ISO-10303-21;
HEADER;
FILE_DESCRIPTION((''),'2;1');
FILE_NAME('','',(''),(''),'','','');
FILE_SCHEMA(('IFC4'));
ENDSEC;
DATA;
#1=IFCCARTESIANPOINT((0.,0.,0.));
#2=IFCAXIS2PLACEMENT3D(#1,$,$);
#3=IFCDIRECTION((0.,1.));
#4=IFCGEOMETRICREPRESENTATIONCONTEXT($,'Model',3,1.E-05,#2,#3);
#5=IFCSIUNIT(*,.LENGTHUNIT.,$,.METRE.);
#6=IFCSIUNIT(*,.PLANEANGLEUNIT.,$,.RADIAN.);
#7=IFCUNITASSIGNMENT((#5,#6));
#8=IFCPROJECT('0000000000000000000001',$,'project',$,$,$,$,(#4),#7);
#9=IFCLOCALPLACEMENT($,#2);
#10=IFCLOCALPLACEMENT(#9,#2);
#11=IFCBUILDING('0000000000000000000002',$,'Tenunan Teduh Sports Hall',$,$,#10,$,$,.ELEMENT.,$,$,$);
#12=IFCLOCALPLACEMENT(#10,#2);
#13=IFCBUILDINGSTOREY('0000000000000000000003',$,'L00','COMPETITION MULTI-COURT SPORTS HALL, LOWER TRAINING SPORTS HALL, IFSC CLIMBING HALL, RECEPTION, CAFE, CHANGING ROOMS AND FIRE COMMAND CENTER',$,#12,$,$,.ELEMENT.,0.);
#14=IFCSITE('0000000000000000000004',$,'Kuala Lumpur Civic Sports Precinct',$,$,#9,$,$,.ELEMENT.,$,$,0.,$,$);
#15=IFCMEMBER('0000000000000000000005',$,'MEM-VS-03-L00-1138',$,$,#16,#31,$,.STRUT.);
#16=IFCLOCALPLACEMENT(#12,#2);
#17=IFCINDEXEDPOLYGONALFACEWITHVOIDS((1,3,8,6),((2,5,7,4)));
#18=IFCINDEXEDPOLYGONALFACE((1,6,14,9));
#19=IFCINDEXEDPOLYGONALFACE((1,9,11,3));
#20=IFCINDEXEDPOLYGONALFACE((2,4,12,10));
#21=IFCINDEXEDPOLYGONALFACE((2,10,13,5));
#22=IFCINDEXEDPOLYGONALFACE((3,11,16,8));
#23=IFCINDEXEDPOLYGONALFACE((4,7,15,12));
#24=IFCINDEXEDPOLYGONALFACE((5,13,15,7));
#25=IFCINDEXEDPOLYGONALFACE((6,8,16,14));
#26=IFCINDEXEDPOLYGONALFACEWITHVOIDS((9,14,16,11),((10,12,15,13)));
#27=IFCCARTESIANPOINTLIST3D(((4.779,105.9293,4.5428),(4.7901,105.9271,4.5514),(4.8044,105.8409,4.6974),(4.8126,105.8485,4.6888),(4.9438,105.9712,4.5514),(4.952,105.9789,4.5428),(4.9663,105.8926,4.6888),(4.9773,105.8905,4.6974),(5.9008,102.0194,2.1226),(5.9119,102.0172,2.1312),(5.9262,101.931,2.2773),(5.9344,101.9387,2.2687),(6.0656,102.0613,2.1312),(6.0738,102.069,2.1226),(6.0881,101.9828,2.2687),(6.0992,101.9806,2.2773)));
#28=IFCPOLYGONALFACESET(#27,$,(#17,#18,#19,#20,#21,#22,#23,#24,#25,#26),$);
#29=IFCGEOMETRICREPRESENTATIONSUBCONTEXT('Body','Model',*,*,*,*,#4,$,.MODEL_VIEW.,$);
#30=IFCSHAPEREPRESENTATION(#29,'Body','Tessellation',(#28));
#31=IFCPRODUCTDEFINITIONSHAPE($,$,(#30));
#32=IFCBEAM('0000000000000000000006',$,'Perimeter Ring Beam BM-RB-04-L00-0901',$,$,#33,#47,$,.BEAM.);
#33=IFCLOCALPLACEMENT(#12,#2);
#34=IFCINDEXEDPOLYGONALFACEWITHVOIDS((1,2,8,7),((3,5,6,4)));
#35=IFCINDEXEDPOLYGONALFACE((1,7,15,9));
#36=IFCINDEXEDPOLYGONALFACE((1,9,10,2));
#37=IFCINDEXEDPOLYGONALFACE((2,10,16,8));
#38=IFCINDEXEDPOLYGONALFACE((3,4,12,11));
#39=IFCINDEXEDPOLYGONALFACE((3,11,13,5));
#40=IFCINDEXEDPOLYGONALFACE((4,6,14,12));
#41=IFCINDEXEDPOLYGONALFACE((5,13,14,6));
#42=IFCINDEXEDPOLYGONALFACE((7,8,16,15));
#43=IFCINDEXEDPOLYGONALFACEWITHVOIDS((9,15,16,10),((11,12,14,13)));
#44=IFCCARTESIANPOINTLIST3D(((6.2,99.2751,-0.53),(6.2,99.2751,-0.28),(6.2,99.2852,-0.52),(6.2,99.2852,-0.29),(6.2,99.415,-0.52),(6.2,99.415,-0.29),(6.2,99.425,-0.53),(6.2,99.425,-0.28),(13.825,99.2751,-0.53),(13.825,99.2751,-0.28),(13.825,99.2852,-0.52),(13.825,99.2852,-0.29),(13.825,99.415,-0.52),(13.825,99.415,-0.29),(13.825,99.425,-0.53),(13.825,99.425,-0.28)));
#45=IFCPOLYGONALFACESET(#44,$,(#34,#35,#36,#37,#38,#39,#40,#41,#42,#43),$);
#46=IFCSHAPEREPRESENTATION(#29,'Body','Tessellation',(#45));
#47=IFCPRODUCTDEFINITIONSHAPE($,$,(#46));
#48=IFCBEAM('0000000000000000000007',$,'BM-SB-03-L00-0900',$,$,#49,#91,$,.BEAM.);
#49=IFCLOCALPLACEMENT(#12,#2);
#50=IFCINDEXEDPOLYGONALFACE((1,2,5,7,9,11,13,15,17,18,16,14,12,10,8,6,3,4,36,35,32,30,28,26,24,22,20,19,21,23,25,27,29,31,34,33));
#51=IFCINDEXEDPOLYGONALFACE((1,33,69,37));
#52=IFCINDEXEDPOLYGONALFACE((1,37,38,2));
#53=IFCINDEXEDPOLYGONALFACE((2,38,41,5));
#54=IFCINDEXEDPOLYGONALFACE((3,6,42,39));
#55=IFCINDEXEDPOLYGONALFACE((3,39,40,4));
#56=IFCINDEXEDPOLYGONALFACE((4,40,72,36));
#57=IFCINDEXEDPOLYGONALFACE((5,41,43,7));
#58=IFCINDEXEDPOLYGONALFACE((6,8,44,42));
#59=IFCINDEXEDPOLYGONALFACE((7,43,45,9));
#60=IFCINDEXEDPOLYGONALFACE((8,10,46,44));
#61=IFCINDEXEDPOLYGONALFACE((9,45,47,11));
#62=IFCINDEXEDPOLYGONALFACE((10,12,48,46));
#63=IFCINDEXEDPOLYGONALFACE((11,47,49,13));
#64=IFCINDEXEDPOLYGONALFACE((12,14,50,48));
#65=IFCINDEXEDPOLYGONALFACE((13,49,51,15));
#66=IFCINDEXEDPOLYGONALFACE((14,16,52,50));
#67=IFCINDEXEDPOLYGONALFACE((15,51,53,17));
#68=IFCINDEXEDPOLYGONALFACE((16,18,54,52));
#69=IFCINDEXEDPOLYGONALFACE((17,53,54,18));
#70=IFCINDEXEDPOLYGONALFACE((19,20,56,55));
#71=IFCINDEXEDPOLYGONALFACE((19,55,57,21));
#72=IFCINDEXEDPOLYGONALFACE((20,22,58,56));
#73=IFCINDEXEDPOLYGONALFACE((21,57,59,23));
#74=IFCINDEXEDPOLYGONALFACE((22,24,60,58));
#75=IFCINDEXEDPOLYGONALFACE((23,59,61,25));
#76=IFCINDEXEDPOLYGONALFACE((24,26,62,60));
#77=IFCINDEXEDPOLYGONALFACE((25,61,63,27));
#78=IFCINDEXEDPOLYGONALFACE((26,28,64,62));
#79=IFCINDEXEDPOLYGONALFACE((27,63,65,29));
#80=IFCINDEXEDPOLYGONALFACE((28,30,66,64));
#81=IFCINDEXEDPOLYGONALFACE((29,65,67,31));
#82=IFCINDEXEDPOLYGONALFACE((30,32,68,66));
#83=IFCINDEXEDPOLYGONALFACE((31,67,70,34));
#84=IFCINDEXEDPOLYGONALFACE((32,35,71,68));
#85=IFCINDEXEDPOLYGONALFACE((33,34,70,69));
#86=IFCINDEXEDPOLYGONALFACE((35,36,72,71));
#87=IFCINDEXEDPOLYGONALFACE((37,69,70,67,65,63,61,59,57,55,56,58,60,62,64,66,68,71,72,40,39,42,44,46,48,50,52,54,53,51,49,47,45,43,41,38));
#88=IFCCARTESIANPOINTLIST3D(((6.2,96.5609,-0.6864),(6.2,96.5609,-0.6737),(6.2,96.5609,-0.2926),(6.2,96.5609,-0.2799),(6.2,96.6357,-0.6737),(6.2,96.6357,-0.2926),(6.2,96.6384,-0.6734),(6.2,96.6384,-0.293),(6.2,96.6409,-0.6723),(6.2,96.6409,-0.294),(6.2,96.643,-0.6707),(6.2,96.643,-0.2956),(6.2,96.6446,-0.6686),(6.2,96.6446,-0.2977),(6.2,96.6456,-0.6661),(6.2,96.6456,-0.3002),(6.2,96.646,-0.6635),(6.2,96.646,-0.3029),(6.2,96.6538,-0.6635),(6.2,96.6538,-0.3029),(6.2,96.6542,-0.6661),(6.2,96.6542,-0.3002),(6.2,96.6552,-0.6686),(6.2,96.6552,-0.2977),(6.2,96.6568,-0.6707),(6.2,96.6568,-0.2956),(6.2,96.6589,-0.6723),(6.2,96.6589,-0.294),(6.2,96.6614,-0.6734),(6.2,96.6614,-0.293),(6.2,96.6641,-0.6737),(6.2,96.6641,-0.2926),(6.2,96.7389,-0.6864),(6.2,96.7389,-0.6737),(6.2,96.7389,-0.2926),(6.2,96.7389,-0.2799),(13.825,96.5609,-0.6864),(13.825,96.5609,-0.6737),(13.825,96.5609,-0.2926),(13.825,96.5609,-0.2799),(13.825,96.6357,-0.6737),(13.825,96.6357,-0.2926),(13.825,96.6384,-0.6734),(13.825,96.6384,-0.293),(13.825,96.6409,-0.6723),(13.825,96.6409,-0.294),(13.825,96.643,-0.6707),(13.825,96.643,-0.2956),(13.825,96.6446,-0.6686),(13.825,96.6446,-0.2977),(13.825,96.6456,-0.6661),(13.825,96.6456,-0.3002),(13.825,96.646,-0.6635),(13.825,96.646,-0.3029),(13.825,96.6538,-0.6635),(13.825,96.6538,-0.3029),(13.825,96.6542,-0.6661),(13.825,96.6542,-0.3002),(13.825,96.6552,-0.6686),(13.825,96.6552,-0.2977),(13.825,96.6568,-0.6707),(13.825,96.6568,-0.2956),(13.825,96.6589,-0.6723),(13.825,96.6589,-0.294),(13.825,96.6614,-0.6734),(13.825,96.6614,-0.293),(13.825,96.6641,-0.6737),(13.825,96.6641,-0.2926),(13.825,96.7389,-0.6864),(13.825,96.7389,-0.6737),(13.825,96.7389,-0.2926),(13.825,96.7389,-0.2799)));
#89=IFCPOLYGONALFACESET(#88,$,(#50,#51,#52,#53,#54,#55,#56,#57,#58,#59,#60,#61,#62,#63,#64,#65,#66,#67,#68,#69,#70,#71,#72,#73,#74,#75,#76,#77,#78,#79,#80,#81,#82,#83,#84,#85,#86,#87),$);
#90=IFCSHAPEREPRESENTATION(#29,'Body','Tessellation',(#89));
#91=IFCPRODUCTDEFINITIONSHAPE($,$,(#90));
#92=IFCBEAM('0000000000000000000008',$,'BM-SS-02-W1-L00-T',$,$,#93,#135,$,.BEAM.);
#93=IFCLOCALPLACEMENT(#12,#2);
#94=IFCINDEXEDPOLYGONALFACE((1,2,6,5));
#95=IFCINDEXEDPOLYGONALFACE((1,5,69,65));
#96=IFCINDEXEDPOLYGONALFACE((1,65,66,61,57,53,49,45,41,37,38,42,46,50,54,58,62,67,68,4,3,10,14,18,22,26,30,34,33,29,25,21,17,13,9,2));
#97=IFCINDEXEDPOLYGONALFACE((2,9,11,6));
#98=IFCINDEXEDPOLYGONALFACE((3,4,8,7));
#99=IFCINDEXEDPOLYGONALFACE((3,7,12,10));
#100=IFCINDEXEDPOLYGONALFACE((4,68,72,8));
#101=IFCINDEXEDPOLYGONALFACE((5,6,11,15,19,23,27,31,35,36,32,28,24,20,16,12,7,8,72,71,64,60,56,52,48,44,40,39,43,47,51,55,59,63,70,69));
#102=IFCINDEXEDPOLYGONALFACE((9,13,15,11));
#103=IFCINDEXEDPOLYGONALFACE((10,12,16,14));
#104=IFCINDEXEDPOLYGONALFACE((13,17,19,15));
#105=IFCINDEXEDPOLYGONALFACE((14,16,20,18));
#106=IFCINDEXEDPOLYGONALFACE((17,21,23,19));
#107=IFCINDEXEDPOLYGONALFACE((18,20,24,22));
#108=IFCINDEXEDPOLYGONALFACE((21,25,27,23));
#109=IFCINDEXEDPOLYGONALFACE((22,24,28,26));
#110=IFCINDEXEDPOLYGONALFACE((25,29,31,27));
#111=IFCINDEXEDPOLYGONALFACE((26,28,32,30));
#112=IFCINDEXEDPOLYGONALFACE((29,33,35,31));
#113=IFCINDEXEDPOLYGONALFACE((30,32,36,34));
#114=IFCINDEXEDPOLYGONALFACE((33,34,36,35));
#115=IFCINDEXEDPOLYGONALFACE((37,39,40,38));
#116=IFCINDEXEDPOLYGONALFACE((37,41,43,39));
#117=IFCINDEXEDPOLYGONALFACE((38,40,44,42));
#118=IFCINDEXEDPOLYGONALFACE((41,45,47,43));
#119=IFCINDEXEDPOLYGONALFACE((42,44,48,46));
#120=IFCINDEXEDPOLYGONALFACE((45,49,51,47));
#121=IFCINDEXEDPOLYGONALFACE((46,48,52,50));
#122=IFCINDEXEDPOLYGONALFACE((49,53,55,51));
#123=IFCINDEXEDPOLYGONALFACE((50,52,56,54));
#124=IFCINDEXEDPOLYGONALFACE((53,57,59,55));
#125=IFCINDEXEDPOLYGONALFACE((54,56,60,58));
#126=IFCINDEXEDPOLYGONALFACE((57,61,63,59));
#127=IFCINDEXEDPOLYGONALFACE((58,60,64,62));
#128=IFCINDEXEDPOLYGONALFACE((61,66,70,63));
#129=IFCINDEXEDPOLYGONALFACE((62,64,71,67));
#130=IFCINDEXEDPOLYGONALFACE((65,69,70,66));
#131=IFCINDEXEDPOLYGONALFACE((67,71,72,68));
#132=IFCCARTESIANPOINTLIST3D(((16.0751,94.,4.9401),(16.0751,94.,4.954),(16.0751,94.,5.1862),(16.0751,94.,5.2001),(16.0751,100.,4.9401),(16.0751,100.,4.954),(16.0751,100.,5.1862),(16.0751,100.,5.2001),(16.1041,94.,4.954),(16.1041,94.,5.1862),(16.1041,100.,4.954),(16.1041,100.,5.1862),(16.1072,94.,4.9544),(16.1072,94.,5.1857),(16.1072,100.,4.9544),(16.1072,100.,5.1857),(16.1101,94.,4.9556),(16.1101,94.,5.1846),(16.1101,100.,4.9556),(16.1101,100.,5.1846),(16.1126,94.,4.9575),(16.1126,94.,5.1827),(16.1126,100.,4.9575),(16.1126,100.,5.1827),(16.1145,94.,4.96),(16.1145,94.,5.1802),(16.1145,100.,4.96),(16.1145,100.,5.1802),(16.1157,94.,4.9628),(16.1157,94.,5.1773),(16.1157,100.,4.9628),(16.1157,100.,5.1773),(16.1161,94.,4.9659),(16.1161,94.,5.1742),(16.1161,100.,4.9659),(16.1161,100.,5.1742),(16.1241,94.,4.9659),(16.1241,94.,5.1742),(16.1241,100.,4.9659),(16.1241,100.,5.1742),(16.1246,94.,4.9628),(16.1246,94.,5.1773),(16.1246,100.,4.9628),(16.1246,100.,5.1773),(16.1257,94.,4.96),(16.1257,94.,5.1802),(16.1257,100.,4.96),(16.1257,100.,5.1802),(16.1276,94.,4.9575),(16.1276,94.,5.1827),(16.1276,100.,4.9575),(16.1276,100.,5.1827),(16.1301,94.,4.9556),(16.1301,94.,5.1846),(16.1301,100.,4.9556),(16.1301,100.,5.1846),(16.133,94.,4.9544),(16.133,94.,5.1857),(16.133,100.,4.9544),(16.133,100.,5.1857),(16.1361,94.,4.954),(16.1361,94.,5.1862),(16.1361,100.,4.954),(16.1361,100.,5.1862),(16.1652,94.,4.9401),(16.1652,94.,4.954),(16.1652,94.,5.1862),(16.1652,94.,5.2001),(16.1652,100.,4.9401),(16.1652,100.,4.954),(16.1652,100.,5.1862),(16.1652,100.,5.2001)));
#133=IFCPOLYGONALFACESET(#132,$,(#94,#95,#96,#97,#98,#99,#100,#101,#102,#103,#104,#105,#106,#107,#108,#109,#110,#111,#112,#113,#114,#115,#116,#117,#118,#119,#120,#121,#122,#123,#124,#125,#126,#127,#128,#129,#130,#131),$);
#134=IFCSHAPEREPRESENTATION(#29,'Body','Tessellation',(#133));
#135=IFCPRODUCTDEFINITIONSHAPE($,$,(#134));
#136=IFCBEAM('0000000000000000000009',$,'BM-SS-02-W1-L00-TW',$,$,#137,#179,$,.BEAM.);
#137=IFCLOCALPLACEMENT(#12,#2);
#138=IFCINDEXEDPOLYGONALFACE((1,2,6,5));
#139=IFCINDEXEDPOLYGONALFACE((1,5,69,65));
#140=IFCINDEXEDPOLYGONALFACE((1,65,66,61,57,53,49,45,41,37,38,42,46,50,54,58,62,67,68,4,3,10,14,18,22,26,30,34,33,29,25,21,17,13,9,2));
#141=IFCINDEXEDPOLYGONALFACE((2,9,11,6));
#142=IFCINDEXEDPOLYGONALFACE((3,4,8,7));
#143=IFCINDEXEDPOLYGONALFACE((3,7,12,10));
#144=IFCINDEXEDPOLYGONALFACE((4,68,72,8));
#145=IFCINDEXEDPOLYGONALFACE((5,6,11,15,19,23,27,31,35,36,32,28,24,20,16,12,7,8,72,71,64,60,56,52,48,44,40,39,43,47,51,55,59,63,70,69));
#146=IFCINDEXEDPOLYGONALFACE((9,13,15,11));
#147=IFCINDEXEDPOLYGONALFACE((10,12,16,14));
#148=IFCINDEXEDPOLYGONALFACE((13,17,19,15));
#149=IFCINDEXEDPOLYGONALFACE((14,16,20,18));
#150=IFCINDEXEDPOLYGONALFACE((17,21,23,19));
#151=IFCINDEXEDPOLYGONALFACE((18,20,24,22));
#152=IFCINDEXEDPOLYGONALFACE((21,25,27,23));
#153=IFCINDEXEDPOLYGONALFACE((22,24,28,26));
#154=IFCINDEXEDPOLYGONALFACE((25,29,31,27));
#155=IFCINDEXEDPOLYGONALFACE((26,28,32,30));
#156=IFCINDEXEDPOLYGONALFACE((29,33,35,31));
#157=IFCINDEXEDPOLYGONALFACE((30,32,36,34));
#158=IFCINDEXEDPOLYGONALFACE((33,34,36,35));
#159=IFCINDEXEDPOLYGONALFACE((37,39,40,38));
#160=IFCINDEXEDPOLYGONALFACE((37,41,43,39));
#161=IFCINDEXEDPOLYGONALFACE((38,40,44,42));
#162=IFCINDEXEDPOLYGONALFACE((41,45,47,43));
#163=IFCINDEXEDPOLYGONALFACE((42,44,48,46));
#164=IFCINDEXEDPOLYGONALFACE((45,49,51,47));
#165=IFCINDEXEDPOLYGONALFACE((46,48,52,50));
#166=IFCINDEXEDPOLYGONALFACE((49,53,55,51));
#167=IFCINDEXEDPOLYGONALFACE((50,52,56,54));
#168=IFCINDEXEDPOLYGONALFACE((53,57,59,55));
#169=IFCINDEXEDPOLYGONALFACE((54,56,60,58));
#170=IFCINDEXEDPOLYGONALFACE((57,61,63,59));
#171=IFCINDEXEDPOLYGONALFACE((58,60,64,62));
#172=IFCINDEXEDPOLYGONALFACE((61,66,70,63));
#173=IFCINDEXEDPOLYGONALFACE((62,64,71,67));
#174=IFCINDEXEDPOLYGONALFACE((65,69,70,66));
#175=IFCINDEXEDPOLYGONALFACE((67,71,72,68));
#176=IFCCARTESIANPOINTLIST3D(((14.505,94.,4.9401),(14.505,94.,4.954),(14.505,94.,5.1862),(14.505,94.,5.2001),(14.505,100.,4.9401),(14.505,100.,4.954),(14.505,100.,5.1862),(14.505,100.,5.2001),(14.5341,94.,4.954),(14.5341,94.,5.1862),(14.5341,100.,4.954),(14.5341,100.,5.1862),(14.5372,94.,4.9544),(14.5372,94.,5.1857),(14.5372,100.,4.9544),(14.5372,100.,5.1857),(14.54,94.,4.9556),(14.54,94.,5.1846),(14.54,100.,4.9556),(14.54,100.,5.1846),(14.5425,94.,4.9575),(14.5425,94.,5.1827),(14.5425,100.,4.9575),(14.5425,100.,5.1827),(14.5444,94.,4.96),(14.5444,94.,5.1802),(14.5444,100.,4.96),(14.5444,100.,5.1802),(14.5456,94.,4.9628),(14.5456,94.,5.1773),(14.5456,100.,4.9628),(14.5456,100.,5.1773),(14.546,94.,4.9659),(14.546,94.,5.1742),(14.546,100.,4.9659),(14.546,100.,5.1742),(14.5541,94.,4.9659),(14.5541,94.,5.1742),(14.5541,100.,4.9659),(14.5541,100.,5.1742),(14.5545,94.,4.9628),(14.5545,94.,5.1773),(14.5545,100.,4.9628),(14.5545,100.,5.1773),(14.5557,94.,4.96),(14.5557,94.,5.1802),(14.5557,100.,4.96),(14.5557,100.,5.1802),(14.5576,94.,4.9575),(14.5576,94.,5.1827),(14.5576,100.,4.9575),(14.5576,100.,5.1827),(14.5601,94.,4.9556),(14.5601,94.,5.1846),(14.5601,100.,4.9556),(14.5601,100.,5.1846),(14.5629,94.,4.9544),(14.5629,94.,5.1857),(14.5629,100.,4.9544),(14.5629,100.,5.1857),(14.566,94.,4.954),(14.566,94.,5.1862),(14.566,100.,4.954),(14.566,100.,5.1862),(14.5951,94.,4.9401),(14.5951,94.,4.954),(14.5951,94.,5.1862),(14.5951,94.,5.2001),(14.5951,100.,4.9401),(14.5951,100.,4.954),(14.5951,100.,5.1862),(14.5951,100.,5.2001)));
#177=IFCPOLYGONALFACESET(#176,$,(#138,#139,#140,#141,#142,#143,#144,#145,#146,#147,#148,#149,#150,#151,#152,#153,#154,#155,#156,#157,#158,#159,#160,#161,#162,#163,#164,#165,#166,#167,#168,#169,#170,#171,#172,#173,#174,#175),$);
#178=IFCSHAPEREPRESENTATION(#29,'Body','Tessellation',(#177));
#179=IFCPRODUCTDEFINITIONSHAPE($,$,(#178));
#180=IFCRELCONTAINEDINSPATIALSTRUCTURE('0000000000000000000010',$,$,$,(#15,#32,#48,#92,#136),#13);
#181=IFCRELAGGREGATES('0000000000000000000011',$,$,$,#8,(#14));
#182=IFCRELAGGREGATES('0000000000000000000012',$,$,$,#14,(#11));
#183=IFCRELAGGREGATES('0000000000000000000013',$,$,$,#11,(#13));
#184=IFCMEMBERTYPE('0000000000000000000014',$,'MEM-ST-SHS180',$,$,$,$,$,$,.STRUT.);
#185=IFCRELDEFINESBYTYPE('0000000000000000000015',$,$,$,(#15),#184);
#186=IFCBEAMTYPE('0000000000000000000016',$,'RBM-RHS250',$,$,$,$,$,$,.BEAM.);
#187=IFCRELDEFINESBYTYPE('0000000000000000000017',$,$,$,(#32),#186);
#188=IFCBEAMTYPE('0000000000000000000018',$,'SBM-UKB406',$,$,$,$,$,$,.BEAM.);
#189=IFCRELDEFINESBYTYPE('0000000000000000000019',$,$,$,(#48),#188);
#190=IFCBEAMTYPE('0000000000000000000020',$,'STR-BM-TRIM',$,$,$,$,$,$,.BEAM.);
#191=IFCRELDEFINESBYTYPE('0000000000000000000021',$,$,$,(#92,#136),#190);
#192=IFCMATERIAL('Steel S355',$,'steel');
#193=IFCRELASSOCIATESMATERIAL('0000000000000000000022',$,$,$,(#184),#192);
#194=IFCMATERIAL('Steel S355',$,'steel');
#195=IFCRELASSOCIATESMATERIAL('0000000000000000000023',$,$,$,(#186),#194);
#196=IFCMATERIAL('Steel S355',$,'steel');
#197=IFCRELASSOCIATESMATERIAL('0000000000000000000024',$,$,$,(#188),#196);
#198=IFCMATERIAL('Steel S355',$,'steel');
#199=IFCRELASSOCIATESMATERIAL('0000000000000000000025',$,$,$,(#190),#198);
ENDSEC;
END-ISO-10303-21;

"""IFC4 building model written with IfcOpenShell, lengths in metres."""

from ifc_helpers import new_model, si_unit, direction, frame, origin, origin_2d, place, context, subcontext, project, spatial, hollow_rectangle, i_section, extrude, material, material_profile, profile_set, type_object, element, save


model = new_model("IFC4")

# Units and contexts
model_context = context("Model", 3, precision=1e-05, world=origin(), true_north=direction((0.0, 1.0)))
body_context = subcontext(model_context, "Body", "Model", "MODEL_VIEW")
ifc_project = project(units=[si_unit("LENGTHUNIT", "METRE"), si_unit("PLANEANGLEUNIT", "RADIAN")], contexts=[model_context])

# Site, building, storey
site_placement = place(None, origin())
site = spatial("IfcSite", under=ifc_project, at=site_placement, Name="Kuala Lumpur Civic Sports Precinct", CompositionType="ELEMENT", RefElevation=0.0)
building_placement = place(site_placement, origin())
building = spatial("IfcBuilding", under=site, at=building_placement, Name="Tenunan Teduh Sports Hall", CompositionType="ELEMENT")
storey_placement = place(building_placement, origin())
storey = spatial("IfcBuildingStorey", under=building, at=storey_placement, Name="L00", Description="COMPETITION MULTI-COURT SPORTS HALL, LOWER TRAINING SPORTS HALL, IFSC CLIMBING HALL, RECEPTION, CAFE, CHANGING ROOMS AND FIRE COMMAND CENTER", CompositionType="ELEMENT", Elevation=0.0)

# Member
ifc_material_1 = material(Name="Steel S355", Category="steel")
ifc_material_profile_1 = material_profile(ifc_material_1, hollow_rectangle(XDim=0.1799, YDim=0.1799, WallThickness=0.01, at=origin_2d()), Name="SHS 180x180x10.0")
ifc_profile_set_1 = profile_set([ifc_material_profile_1], Name="Steel S355")
member_type_1 = type_object("IfcMemberType", Name="MEM-ST-SHS180", PredefinedType="STRUT", material=ifc_profile_set_1)
member_1_placement = place(storey_placement, frame((6.0, 102.0, 2.2), z_axis=(-0.237013, 0.826062, 0.511318), x_axis=(-0.961218, -0.275791, 0.0)))
element("IfcMember", 1, at=member_1_placement, inside=storey, type_object=member_type_1, Name="MEM-VS-03-L00-1138", PredefinedType="STRUT", context=body_context, shape_type="SweptSolid", body=[
    extrude(hollow_rectangle(XDim=0.1799, YDim=0.1799, WallThickness=0.01, at=origin_2d()), origin(), (0.0, 0.0, 1.0), 4.7332),
])

# Beams
ifc_material_2 = material(Name="Steel S355", Category="steel")
ifc_material_profile_2 = material_profile(ifc_material_2, hollow_rectangle(XDim=0.1499, YDim=0.25, WallThickness=0.01, at=origin_2d()), Name="RHS 250x150x10.0")
ifc_profile_set_2 = profile_set([ifc_material_profile_2], Name="Steel S355")
beam_type_1 = type_object("IfcBeamType", Name="RBM-RHS250", PredefinedType="BEAM", material=ifc_profile_set_2)
beam_1_placement = place(storey_placement, frame((6.2, 99.3501, -0.405), z_axis=(1.0, 0.0, 0.0), x_axis=(0.0, 1.0, 0.0)))
element("IfcBeam", 2, at=beam_1_placement, inside=storey, type_object=beam_type_1, Name="Perimeter Ring Beam BM-RB-04-L00-0901", PredefinedType="BEAM", context=body_context, shape_type="SweptSolid", body=[
    extrude(hollow_rectangle(XDim=0.1499, YDim=0.25, WallThickness=0.01, at=origin_2d()), origin(), (0.0, 0.0, 1.0), 7.625),
])
ifc_material_3 = material(Name="Steel S355", Category="steel")
ifc_material_profile_3 = material_profile(ifc_material_3, i_section(OverallWidth=0.178, OverallDepth=0.4065, WebThickness=0.0078, FlangeThickness=0.0127, FilletRadius=0.0103, at=origin_2d()), Name="UKB 406x178x60")
ifc_profile_set_3 = profile_set([ifc_material_profile_3], Name="Steel S355")
beam_type_2 = type_object("IfcBeamType", Name="SBM-UKB406", PredefinedType="BEAM", material=ifc_profile_set_3)
beam_2_placement = place(storey_placement, frame((6.2, 96.6499, -0.4832), z_axis=(1.0, 0.0, 0.0), x_axis=(0.0, 1.0, 0.0)))
element("IfcBeam", 3, at=beam_2_placement, inside=storey, type_object=beam_type_2, Name="BM-SB-03-L00-0900", PredefinedType="BEAM", context=body_context, shape_type="SweptSolid", body=[
    extrude(i_section(OverallWidth=0.178, OverallDepth=0.4065, WebThickness=0.0078, FlangeThickness=0.0127, FilletRadius=0.0103, at=origin_2d()), origin(), (0.0, 0.0, 1.0), 7.625),
])
ifc_material_4 = material(Name="Steel S355", Category="steel")
ifc_material_profile_4 = material_profile(ifc_material_4, i_section(OverallWidth=0.0901, OverallDepth=0.26, WebThickness=0.0081, FlangeThickness=0.0139, FilletRadius=0.012, at=origin_2d()), Name="PFC 260x90")
ifc_profile_set_4 = profile_set([ifc_material_profile_4], Name="Steel S355")
beam_type_3 = type_object("IfcBeamType", Name="STR-BM-TRIM", PredefinedType="BEAM", material=ifc_profile_set_4)
for number, where, z_axis, x_axis, name in (
    (4, (16.1201, 94.0, 5.0701), (0.0, 1.0, 0.0), (-1.0, 0.0, 0.0), "BM-SS-02-W1-L00-T"),
    (5, (14.55, 94.0, 5.0701), (0.0, 1.0, 0.0), (-1.0, 0.0, 0.0), "BM-SS-02-W1-L00-TW"),
):
    element("IfcBeam", number, at=place(storey_placement, frame(where, z_axis=z_axis, x_axis=x_axis)), inside=storey, type_object=beam_type_3, Name=name, PredefinedType="BEAM", context=body_context, shape_type="SweptSolid", body=[
        extrude(i_section(OverallWidth=0.0901, OverallDepth=0.26, WebThickness=0.0081, FlangeThickness=0.0139, FilletRadius=0.012, at=origin_2d()), origin(), (0.0, 0.0, 1.0), 6.0),
    ])

save(model, "model.ifc")
